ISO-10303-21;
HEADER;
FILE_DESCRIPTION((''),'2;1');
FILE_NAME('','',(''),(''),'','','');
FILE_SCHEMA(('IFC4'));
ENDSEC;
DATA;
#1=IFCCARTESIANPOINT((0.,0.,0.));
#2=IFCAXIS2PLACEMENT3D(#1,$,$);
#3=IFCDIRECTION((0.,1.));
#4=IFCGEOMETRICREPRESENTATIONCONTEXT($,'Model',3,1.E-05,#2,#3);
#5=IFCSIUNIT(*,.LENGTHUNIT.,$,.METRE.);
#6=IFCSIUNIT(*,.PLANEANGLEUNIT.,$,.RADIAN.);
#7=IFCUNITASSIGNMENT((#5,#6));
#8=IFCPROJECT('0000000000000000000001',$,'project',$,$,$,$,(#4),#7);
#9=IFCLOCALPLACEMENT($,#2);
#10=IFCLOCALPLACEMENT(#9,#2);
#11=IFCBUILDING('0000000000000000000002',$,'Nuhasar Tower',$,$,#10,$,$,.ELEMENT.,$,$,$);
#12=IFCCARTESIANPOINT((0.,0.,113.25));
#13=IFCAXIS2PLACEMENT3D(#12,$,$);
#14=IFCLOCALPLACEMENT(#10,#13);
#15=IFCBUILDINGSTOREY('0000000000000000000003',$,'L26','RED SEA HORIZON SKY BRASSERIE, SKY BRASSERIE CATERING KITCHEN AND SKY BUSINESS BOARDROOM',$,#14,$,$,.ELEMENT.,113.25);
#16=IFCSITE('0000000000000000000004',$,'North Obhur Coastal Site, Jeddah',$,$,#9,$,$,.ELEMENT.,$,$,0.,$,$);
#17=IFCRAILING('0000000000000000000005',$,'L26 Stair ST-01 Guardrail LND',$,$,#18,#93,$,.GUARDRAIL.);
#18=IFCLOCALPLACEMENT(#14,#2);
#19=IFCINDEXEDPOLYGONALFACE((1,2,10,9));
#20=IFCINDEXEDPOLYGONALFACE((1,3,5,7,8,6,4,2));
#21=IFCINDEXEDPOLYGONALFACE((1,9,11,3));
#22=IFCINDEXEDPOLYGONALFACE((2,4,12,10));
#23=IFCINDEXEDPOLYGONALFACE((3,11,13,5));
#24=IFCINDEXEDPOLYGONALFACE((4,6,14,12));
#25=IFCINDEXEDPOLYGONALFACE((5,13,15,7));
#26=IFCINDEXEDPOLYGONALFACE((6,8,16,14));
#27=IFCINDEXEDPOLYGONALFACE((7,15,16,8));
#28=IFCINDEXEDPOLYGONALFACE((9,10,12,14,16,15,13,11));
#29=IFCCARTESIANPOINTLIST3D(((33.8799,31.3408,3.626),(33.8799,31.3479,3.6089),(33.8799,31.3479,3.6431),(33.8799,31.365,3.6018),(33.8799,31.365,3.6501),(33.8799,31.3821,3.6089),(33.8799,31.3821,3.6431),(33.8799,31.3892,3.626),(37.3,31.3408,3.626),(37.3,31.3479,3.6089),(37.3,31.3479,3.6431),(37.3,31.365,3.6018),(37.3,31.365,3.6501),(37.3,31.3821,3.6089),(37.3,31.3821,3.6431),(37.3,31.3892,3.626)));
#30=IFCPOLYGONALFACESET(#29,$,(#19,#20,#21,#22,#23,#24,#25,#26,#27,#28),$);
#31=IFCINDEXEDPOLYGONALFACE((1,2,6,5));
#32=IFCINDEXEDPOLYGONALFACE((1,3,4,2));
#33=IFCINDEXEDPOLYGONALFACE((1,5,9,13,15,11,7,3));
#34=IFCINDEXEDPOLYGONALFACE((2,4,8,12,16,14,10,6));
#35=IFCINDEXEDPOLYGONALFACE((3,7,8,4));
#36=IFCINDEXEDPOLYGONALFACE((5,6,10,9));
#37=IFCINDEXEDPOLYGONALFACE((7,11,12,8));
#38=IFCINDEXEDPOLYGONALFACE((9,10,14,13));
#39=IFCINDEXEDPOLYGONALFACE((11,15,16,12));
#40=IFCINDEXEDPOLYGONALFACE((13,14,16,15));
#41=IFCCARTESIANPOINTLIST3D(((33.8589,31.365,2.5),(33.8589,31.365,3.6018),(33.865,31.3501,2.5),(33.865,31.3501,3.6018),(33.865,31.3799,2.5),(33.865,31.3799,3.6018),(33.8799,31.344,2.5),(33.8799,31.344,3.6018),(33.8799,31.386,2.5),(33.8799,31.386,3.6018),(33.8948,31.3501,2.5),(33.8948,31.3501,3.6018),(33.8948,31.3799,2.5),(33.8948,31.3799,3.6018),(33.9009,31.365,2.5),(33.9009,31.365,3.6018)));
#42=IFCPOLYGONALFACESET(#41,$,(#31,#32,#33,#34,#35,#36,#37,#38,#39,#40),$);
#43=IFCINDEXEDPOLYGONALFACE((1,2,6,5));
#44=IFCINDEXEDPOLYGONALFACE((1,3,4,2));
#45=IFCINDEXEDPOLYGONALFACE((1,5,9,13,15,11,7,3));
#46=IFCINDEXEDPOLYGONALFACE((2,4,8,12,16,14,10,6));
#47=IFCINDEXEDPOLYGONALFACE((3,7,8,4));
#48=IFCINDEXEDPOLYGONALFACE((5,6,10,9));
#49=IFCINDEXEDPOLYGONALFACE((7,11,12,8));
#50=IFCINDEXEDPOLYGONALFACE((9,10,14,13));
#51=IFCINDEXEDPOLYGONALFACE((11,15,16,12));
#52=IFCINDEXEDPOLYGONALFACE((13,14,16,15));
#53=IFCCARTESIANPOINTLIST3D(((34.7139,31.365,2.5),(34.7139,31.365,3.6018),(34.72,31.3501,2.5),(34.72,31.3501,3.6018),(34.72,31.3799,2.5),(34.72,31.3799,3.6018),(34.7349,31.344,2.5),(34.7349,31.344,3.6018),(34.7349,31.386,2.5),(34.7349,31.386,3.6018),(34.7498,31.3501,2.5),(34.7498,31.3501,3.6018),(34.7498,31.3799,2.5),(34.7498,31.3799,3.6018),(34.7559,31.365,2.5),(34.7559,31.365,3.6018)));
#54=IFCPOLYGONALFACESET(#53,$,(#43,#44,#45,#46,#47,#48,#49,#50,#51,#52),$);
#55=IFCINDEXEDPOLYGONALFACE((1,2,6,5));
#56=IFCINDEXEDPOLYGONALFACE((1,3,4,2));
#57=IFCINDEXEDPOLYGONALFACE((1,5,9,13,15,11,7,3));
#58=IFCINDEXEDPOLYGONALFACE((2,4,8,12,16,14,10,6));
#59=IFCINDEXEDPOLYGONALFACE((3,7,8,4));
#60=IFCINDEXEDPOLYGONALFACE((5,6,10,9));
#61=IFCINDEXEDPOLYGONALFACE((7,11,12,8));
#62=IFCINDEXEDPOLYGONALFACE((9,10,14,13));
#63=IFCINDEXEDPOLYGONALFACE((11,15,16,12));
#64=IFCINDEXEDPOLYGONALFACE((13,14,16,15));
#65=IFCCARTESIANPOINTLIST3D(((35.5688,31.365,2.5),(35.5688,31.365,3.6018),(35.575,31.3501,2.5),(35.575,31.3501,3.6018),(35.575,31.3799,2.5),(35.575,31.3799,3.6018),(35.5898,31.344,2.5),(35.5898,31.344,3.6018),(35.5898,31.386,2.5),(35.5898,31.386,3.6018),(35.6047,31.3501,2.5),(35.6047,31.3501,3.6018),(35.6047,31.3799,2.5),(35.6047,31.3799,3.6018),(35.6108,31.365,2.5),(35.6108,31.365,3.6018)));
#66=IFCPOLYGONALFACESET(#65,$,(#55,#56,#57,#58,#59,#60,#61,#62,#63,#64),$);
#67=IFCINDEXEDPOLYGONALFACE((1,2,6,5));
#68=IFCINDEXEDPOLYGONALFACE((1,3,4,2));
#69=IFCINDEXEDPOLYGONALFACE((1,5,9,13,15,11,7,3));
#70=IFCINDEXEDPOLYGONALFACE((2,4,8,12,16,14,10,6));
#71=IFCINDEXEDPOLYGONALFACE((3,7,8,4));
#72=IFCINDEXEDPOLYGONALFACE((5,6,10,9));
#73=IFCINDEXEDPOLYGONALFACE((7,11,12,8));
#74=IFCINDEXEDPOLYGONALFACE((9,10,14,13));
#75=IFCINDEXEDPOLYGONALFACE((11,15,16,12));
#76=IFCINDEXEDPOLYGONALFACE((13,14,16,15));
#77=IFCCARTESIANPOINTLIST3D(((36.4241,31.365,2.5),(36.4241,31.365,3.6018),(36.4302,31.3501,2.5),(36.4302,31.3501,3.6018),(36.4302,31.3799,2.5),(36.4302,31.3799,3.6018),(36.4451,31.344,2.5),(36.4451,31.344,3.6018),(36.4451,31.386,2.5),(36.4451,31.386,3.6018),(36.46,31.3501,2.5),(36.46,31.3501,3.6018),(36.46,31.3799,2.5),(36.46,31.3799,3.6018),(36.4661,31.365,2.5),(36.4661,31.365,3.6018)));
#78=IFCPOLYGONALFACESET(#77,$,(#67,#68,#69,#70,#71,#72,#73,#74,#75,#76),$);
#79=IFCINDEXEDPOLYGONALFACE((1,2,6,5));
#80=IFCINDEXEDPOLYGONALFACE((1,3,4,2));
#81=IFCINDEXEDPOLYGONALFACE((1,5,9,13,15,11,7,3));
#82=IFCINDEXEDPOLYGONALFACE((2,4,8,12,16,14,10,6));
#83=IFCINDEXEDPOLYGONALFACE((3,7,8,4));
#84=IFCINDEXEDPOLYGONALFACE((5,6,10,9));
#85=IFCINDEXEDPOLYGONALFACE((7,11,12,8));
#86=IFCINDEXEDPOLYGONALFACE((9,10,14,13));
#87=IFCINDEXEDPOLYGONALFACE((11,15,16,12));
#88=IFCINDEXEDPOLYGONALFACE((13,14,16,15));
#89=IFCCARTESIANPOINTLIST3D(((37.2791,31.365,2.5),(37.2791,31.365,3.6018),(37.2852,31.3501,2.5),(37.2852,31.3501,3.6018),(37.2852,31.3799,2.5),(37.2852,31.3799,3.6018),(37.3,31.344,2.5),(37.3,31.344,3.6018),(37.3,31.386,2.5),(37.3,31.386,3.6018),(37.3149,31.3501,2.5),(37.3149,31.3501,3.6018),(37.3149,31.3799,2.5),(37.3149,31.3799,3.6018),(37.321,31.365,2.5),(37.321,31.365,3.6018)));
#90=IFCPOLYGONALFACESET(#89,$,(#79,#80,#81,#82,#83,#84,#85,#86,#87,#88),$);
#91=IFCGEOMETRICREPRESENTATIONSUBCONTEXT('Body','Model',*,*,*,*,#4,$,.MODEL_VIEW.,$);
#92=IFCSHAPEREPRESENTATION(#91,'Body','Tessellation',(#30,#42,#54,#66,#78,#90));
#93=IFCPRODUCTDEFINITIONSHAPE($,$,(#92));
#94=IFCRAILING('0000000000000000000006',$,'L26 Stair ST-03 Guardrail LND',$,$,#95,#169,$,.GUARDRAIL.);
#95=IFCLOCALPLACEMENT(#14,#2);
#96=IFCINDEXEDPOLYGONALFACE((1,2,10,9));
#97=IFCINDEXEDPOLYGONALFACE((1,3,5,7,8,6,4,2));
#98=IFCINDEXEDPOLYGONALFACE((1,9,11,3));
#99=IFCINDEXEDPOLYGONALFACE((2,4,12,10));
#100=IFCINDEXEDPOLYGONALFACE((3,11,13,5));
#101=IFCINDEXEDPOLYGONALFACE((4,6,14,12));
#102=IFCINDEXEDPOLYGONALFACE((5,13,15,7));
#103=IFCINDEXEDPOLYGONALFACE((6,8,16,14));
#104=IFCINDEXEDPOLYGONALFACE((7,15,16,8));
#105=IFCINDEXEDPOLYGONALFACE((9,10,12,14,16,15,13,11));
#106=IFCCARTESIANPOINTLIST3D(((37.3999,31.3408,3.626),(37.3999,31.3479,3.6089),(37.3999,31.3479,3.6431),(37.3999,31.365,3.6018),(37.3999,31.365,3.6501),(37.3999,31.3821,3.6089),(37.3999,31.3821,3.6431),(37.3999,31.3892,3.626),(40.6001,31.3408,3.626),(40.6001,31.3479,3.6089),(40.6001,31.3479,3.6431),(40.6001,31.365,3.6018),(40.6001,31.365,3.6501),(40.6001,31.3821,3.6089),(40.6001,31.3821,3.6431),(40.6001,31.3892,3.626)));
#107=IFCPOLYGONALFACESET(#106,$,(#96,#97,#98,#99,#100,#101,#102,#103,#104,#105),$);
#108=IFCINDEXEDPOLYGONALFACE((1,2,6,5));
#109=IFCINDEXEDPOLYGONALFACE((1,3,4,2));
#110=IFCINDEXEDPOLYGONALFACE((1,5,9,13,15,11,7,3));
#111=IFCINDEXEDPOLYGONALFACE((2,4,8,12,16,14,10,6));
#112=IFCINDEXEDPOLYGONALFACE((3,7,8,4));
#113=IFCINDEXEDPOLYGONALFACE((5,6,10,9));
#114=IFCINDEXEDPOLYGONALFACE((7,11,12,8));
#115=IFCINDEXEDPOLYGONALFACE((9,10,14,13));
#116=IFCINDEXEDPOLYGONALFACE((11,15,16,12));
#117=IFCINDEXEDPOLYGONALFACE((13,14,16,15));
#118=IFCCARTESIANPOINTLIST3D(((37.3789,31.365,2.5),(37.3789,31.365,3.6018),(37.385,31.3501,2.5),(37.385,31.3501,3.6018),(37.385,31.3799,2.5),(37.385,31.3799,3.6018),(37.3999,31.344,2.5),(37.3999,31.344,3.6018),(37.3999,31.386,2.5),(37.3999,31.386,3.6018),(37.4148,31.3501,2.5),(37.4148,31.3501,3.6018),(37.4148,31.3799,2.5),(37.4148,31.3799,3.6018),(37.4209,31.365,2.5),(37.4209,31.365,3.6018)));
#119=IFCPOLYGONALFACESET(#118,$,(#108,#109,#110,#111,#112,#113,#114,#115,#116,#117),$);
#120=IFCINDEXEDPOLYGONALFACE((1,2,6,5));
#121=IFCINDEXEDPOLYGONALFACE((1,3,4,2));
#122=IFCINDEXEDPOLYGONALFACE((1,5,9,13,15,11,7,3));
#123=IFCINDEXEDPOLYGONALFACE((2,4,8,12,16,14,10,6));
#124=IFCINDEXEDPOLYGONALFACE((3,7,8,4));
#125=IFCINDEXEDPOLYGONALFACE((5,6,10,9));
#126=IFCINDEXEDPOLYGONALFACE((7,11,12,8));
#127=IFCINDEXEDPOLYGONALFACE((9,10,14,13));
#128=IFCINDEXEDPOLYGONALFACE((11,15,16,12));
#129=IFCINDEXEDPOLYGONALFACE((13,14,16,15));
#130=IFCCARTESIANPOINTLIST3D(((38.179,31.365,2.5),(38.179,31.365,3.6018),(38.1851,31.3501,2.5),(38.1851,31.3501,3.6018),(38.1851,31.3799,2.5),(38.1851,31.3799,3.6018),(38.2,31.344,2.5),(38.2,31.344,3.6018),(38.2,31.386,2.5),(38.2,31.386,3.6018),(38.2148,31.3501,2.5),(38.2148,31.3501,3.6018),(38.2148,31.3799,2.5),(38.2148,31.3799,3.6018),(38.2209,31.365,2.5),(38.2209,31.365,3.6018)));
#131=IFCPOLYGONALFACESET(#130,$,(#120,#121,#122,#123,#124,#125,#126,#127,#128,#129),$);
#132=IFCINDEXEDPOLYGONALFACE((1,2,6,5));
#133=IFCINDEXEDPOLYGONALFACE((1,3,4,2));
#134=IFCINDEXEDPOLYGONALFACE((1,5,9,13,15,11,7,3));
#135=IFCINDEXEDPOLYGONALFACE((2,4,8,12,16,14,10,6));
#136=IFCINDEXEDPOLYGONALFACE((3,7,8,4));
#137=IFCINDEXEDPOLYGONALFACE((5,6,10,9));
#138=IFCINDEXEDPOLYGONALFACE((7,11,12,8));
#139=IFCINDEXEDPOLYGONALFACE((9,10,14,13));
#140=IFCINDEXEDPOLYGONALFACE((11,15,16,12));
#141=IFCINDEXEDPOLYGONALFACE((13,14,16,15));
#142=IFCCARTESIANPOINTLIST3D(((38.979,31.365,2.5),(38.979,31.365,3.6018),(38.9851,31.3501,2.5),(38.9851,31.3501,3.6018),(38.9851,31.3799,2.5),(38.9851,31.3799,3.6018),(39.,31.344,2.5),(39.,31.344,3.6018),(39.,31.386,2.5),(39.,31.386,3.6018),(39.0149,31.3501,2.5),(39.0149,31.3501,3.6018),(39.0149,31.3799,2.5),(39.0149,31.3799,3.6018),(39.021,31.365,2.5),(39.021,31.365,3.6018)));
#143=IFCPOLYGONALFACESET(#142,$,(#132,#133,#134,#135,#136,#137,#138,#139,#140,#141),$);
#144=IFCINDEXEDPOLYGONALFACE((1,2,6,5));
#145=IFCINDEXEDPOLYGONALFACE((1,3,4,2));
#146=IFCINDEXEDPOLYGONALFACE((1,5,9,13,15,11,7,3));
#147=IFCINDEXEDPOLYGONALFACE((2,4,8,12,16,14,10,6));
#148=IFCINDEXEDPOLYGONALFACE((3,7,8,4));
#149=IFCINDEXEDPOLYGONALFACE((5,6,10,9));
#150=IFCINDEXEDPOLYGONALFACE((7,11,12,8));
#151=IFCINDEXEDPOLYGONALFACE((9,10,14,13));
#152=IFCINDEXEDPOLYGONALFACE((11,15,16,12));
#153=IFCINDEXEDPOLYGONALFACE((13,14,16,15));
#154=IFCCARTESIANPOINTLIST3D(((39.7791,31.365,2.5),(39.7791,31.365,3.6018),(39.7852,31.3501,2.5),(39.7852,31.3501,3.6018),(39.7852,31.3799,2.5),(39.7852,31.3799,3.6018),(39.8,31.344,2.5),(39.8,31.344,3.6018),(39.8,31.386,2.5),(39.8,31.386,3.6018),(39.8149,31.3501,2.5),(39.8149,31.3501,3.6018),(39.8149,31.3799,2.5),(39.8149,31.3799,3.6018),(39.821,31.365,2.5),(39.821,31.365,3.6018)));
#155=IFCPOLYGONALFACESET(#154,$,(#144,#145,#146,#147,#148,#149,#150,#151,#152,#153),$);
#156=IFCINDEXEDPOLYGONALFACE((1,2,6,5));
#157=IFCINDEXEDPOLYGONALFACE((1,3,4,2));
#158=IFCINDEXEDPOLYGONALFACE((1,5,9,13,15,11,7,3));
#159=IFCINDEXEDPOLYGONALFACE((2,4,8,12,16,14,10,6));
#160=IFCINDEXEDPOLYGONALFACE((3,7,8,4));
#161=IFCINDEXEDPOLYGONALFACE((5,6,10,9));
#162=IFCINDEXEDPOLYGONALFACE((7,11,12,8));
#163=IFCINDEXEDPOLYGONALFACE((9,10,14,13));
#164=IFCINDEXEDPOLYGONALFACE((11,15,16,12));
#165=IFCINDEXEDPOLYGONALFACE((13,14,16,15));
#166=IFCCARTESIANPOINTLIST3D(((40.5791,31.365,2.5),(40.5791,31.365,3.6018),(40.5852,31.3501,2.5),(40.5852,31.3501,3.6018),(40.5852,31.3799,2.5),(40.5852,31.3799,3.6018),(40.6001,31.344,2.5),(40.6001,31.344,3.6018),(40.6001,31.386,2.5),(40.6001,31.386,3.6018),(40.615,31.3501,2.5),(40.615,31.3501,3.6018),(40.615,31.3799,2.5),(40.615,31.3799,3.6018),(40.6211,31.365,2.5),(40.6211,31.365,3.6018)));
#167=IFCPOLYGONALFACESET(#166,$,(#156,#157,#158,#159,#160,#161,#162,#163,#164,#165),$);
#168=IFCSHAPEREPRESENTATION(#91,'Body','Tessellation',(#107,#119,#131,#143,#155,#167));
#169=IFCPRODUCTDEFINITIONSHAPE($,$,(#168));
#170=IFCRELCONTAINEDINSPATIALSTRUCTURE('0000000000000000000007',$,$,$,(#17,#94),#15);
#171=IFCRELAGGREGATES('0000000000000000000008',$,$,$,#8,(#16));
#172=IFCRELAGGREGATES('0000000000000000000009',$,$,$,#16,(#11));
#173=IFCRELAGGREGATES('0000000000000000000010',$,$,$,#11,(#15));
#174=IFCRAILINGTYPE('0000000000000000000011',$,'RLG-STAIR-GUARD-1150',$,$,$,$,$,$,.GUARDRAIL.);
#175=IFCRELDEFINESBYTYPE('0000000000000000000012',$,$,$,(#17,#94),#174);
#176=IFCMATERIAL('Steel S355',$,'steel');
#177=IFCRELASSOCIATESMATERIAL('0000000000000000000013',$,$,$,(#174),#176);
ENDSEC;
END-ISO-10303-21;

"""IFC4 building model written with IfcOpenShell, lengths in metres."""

from ifc_helpers import new_model, si_unit, direction, frame, origin, place, context, subcontext, project, spatial, polyline, outline, extrude, material, type_object, element, save


model = new_model("IFC4")

# Units and contexts
model_context = context("Model", 3, precision=1e-05, world=origin(), true_north=direction((0.0, 1.0)))
body_context = subcontext(model_context, "Body", "Model", "MODEL_VIEW")
ifc_project = project(units=[si_unit("LENGTHUNIT", "METRE"), si_unit("PLANEANGLEUNIT", "RADIAN")], contexts=[model_context])

# Site, building, storey
site_placement = place(None, origin())
site = spatial("IfcSite", under=ifc_project, at=site_placement, Name="North Obhur Coastal Site, Jeddah", CompositionType="ELEMENT", RefElevation=0.0)
building_placement = place(site_placement, origin())
building = spatial("IfcBuilding", under=site, at=building_placement, Name="Nuhasar Tower", CompositionType="ELEMENT")
storey_placement = place(building_placement, frame((0.0, 0.0, 113.25)))
storey = spatial("IfcBuildingStorey", under=building, at=storey_placement, Name="L26", Description="RED SEA HORIZON SKY BRASSERIE, SKY BRASSERIE CATERING KITCHEN AND SKY BUSINESS BOARDROOM", CompositionType="ELEMENT", Elevation=113.25)

# Shared definitions
ifc_material_1 = material(Name="Steel S355", Category="steel")

# Railings
railing_type_1 = type_object("IfcRailingType", Name="RLG-STAIR-GUARD-1150", PredefinedType="GUARDRAIL", material=ifc_material_1)
railing_1_placement = place(storey_placement, frame((33.8799, 31.365, 2.5)))
element("IfcRailing", 1, at=railing_1_placement, inside=storey, type_object=railing_type_1, Name="L26 Stair ST-01 Guardrail LND", PredefinedType="GUARDRAIL", context=body_context, shape_type="SweptSolid", body=[
    extrude(outline(polyline([(0.0242, 0.0), (0.0171, 0.0171), (0.0, 0.0242), (-0.0171, 0.0171), (-0.0242, 0.0), (-0.0171, -0.0171), (0.0, -0.0242), (0.0171, -0.0171), (0.0242, 0.0)])), frame((0.0, 0.0, 1.126), z_axis=(1.0, 0.0, 0.0), x_axis=(0.0, 1.0, 0.0)), (0.0, 0.0, 1.0), 3.4202),
    extrude(outline(polyline([(0.021, 0.0), (0.0149, 0.0149), (0.0, 0.021), (-0.0149, 0.0149), (-0.021, 0.0), (-0.0149, -0.0149), (0.0, -0.021), (0.0149, -0.0149), (0.021, 0.0)])), origin(), (0.0, 0.0, 1.0), 1.1018),
    extrude(outline(polyline([(0.021, 0.0), (0.0149, 0.0149), (0.0, 0.021), (-0.0149, 0.0149), (-0.021, 0.0), (-0.0149, -0.0149), (0.0, -0.021), (0.0149, -0.0149), (0.021, 0.0)])), frame((0.855, 0.0, 0.0)), (0.0, 0.0, 1.0), 1.1018),
    extrude(outline(polyline([(0.021, 0.0), (0.0149, 0.0149), (0.0, 0.021), (-0.0149, 0.0149), (-0.021, 0.0), (-0.0149, -0.0149), (0.0, -0.021), (0.0149, -0.0149), (0.021, 0.0)])), frame((1.71, 0.0, 0.0)), (0.0, 0.0, 1.0), 1.1018),
    extrude(outline(polyline([(0.021, 0.0), (0.0149, 0.0149), (0.0, 0.021), (-0.0149, 0.0149), (-0.021, 0.0), (-0.0149, -0.0149), (0.0, -0.021), (0.0149, -0.0149), (0.021, 0.0)])), frame((2.5652, 0.0, 0.0)), (0.0, 0.0, 1.0), 1.1018),
    extrude(outline(polyline([(0.021, 0.0), (0.0149, 0.0149), (0.0, 0.021), (-0.0149, 0.0149), (-0.021, 0.0), (-0.0149, -0.0149), (0.0, -0.021), (0.0149, -0.0149), (0.021, 0.0)])), frame((3.4202, 0.0, 0.0)), (0.0, 0.0, 1.0), 1.1018),
])
railing_2_placement = place(storey_placement, frame((37.3999, 31.365, 2.5)))
element("IfcRailing", 2, at=railing_2_placement, inside=storey, type_object=railing_type_1, Name="L26 Stair ST-03 Guardrail LND", PredefinedType="GUARDRAIL", context=body_context, shape_type="SweptSolid", body=[
    extrude(outline(polyline([(0.0242, 0.0), (0.0171, 0.0171), (0.0, 0.0242), (-0.0171, 0.0171), (-0.0242, 0.0), (-0.0171, -0.0171), (0.0, -0.0242), (0.0171, -0.0171), (0.0242, 0.0)])), frame((0.0, 0.0, 1.126), z_axis=(1.0, 0.0, 0.0), x_axis=(0.0, 1.0, 0.0)), (0.0, 0.0, 1.0), 3.2002),
    extrude(outline(polyline([(0.021, 0.0), (0.0149, 0.0149), (0.0, 0.021), (-0.0149, 0.0149), (-0.021, 0.0), (-0.0149, -0.0149), (0.0, -0.021), (0.0149, -0.0149), (0.021, 0.0)])), origin(), (0.0, 0.0, 1.0), 1.1018),
    extrude(outline(polyline([(0.021, 0.0), (0.0149, 0.0149), (0.0, 0.021), (-0.0149, 0.0149), (-0.021, 0.0), (-0.0149, -0.0149), (0.0, -0.021), (0.0149, -0.0149), (0.021, 0.0)])), frame((0.8, 0.0, 0.0)), (0.0, 0.0, 1.0), 1.1018),
    extrude(outline(polyline([(0.021, 0.0), (0.0149, 0.0149), (0.0, 0.021), (-0.0149, 0.0149), (-0.021, 0.0), (-0.0149, -0.0149), (0.0, -0.021), (0.0149, -0.0149), (0.021, 0.0)])), frame((1.6001, 0.0, 0.0)), (0.0, 0.0, 1.0), 1.1018),
    extrude(outline(polyline([(0.021, 0.0), (0.0149, 0.0149), (0.0, 0.021), (-0.0149, 0.0149), (-0.021, 0.0), (-0.0149, -0.0149), (0.0, -0.021), (0.0149, -0.0149), (0.021, 0.0)])), frame((2.4001, 0.0, 0.0)), (0.0, 0.0, 1.0), 1.1018),
    extrude(outline(polyline([(0.021, 0.0), (0.0149, 0.0149), (0.0, 0.021), (-0.0149, 0.0149), (-0.021, 0.0), (-0.0149, -0.0149), (0.0, -0.021), (0.0149, -0.0149), (0.021, 0.0)])), frame((3.2002, 0.0, 0.0)), (0.0, 0.0, 1.0), 1.1018),
])

save(model, "model.ifc")
